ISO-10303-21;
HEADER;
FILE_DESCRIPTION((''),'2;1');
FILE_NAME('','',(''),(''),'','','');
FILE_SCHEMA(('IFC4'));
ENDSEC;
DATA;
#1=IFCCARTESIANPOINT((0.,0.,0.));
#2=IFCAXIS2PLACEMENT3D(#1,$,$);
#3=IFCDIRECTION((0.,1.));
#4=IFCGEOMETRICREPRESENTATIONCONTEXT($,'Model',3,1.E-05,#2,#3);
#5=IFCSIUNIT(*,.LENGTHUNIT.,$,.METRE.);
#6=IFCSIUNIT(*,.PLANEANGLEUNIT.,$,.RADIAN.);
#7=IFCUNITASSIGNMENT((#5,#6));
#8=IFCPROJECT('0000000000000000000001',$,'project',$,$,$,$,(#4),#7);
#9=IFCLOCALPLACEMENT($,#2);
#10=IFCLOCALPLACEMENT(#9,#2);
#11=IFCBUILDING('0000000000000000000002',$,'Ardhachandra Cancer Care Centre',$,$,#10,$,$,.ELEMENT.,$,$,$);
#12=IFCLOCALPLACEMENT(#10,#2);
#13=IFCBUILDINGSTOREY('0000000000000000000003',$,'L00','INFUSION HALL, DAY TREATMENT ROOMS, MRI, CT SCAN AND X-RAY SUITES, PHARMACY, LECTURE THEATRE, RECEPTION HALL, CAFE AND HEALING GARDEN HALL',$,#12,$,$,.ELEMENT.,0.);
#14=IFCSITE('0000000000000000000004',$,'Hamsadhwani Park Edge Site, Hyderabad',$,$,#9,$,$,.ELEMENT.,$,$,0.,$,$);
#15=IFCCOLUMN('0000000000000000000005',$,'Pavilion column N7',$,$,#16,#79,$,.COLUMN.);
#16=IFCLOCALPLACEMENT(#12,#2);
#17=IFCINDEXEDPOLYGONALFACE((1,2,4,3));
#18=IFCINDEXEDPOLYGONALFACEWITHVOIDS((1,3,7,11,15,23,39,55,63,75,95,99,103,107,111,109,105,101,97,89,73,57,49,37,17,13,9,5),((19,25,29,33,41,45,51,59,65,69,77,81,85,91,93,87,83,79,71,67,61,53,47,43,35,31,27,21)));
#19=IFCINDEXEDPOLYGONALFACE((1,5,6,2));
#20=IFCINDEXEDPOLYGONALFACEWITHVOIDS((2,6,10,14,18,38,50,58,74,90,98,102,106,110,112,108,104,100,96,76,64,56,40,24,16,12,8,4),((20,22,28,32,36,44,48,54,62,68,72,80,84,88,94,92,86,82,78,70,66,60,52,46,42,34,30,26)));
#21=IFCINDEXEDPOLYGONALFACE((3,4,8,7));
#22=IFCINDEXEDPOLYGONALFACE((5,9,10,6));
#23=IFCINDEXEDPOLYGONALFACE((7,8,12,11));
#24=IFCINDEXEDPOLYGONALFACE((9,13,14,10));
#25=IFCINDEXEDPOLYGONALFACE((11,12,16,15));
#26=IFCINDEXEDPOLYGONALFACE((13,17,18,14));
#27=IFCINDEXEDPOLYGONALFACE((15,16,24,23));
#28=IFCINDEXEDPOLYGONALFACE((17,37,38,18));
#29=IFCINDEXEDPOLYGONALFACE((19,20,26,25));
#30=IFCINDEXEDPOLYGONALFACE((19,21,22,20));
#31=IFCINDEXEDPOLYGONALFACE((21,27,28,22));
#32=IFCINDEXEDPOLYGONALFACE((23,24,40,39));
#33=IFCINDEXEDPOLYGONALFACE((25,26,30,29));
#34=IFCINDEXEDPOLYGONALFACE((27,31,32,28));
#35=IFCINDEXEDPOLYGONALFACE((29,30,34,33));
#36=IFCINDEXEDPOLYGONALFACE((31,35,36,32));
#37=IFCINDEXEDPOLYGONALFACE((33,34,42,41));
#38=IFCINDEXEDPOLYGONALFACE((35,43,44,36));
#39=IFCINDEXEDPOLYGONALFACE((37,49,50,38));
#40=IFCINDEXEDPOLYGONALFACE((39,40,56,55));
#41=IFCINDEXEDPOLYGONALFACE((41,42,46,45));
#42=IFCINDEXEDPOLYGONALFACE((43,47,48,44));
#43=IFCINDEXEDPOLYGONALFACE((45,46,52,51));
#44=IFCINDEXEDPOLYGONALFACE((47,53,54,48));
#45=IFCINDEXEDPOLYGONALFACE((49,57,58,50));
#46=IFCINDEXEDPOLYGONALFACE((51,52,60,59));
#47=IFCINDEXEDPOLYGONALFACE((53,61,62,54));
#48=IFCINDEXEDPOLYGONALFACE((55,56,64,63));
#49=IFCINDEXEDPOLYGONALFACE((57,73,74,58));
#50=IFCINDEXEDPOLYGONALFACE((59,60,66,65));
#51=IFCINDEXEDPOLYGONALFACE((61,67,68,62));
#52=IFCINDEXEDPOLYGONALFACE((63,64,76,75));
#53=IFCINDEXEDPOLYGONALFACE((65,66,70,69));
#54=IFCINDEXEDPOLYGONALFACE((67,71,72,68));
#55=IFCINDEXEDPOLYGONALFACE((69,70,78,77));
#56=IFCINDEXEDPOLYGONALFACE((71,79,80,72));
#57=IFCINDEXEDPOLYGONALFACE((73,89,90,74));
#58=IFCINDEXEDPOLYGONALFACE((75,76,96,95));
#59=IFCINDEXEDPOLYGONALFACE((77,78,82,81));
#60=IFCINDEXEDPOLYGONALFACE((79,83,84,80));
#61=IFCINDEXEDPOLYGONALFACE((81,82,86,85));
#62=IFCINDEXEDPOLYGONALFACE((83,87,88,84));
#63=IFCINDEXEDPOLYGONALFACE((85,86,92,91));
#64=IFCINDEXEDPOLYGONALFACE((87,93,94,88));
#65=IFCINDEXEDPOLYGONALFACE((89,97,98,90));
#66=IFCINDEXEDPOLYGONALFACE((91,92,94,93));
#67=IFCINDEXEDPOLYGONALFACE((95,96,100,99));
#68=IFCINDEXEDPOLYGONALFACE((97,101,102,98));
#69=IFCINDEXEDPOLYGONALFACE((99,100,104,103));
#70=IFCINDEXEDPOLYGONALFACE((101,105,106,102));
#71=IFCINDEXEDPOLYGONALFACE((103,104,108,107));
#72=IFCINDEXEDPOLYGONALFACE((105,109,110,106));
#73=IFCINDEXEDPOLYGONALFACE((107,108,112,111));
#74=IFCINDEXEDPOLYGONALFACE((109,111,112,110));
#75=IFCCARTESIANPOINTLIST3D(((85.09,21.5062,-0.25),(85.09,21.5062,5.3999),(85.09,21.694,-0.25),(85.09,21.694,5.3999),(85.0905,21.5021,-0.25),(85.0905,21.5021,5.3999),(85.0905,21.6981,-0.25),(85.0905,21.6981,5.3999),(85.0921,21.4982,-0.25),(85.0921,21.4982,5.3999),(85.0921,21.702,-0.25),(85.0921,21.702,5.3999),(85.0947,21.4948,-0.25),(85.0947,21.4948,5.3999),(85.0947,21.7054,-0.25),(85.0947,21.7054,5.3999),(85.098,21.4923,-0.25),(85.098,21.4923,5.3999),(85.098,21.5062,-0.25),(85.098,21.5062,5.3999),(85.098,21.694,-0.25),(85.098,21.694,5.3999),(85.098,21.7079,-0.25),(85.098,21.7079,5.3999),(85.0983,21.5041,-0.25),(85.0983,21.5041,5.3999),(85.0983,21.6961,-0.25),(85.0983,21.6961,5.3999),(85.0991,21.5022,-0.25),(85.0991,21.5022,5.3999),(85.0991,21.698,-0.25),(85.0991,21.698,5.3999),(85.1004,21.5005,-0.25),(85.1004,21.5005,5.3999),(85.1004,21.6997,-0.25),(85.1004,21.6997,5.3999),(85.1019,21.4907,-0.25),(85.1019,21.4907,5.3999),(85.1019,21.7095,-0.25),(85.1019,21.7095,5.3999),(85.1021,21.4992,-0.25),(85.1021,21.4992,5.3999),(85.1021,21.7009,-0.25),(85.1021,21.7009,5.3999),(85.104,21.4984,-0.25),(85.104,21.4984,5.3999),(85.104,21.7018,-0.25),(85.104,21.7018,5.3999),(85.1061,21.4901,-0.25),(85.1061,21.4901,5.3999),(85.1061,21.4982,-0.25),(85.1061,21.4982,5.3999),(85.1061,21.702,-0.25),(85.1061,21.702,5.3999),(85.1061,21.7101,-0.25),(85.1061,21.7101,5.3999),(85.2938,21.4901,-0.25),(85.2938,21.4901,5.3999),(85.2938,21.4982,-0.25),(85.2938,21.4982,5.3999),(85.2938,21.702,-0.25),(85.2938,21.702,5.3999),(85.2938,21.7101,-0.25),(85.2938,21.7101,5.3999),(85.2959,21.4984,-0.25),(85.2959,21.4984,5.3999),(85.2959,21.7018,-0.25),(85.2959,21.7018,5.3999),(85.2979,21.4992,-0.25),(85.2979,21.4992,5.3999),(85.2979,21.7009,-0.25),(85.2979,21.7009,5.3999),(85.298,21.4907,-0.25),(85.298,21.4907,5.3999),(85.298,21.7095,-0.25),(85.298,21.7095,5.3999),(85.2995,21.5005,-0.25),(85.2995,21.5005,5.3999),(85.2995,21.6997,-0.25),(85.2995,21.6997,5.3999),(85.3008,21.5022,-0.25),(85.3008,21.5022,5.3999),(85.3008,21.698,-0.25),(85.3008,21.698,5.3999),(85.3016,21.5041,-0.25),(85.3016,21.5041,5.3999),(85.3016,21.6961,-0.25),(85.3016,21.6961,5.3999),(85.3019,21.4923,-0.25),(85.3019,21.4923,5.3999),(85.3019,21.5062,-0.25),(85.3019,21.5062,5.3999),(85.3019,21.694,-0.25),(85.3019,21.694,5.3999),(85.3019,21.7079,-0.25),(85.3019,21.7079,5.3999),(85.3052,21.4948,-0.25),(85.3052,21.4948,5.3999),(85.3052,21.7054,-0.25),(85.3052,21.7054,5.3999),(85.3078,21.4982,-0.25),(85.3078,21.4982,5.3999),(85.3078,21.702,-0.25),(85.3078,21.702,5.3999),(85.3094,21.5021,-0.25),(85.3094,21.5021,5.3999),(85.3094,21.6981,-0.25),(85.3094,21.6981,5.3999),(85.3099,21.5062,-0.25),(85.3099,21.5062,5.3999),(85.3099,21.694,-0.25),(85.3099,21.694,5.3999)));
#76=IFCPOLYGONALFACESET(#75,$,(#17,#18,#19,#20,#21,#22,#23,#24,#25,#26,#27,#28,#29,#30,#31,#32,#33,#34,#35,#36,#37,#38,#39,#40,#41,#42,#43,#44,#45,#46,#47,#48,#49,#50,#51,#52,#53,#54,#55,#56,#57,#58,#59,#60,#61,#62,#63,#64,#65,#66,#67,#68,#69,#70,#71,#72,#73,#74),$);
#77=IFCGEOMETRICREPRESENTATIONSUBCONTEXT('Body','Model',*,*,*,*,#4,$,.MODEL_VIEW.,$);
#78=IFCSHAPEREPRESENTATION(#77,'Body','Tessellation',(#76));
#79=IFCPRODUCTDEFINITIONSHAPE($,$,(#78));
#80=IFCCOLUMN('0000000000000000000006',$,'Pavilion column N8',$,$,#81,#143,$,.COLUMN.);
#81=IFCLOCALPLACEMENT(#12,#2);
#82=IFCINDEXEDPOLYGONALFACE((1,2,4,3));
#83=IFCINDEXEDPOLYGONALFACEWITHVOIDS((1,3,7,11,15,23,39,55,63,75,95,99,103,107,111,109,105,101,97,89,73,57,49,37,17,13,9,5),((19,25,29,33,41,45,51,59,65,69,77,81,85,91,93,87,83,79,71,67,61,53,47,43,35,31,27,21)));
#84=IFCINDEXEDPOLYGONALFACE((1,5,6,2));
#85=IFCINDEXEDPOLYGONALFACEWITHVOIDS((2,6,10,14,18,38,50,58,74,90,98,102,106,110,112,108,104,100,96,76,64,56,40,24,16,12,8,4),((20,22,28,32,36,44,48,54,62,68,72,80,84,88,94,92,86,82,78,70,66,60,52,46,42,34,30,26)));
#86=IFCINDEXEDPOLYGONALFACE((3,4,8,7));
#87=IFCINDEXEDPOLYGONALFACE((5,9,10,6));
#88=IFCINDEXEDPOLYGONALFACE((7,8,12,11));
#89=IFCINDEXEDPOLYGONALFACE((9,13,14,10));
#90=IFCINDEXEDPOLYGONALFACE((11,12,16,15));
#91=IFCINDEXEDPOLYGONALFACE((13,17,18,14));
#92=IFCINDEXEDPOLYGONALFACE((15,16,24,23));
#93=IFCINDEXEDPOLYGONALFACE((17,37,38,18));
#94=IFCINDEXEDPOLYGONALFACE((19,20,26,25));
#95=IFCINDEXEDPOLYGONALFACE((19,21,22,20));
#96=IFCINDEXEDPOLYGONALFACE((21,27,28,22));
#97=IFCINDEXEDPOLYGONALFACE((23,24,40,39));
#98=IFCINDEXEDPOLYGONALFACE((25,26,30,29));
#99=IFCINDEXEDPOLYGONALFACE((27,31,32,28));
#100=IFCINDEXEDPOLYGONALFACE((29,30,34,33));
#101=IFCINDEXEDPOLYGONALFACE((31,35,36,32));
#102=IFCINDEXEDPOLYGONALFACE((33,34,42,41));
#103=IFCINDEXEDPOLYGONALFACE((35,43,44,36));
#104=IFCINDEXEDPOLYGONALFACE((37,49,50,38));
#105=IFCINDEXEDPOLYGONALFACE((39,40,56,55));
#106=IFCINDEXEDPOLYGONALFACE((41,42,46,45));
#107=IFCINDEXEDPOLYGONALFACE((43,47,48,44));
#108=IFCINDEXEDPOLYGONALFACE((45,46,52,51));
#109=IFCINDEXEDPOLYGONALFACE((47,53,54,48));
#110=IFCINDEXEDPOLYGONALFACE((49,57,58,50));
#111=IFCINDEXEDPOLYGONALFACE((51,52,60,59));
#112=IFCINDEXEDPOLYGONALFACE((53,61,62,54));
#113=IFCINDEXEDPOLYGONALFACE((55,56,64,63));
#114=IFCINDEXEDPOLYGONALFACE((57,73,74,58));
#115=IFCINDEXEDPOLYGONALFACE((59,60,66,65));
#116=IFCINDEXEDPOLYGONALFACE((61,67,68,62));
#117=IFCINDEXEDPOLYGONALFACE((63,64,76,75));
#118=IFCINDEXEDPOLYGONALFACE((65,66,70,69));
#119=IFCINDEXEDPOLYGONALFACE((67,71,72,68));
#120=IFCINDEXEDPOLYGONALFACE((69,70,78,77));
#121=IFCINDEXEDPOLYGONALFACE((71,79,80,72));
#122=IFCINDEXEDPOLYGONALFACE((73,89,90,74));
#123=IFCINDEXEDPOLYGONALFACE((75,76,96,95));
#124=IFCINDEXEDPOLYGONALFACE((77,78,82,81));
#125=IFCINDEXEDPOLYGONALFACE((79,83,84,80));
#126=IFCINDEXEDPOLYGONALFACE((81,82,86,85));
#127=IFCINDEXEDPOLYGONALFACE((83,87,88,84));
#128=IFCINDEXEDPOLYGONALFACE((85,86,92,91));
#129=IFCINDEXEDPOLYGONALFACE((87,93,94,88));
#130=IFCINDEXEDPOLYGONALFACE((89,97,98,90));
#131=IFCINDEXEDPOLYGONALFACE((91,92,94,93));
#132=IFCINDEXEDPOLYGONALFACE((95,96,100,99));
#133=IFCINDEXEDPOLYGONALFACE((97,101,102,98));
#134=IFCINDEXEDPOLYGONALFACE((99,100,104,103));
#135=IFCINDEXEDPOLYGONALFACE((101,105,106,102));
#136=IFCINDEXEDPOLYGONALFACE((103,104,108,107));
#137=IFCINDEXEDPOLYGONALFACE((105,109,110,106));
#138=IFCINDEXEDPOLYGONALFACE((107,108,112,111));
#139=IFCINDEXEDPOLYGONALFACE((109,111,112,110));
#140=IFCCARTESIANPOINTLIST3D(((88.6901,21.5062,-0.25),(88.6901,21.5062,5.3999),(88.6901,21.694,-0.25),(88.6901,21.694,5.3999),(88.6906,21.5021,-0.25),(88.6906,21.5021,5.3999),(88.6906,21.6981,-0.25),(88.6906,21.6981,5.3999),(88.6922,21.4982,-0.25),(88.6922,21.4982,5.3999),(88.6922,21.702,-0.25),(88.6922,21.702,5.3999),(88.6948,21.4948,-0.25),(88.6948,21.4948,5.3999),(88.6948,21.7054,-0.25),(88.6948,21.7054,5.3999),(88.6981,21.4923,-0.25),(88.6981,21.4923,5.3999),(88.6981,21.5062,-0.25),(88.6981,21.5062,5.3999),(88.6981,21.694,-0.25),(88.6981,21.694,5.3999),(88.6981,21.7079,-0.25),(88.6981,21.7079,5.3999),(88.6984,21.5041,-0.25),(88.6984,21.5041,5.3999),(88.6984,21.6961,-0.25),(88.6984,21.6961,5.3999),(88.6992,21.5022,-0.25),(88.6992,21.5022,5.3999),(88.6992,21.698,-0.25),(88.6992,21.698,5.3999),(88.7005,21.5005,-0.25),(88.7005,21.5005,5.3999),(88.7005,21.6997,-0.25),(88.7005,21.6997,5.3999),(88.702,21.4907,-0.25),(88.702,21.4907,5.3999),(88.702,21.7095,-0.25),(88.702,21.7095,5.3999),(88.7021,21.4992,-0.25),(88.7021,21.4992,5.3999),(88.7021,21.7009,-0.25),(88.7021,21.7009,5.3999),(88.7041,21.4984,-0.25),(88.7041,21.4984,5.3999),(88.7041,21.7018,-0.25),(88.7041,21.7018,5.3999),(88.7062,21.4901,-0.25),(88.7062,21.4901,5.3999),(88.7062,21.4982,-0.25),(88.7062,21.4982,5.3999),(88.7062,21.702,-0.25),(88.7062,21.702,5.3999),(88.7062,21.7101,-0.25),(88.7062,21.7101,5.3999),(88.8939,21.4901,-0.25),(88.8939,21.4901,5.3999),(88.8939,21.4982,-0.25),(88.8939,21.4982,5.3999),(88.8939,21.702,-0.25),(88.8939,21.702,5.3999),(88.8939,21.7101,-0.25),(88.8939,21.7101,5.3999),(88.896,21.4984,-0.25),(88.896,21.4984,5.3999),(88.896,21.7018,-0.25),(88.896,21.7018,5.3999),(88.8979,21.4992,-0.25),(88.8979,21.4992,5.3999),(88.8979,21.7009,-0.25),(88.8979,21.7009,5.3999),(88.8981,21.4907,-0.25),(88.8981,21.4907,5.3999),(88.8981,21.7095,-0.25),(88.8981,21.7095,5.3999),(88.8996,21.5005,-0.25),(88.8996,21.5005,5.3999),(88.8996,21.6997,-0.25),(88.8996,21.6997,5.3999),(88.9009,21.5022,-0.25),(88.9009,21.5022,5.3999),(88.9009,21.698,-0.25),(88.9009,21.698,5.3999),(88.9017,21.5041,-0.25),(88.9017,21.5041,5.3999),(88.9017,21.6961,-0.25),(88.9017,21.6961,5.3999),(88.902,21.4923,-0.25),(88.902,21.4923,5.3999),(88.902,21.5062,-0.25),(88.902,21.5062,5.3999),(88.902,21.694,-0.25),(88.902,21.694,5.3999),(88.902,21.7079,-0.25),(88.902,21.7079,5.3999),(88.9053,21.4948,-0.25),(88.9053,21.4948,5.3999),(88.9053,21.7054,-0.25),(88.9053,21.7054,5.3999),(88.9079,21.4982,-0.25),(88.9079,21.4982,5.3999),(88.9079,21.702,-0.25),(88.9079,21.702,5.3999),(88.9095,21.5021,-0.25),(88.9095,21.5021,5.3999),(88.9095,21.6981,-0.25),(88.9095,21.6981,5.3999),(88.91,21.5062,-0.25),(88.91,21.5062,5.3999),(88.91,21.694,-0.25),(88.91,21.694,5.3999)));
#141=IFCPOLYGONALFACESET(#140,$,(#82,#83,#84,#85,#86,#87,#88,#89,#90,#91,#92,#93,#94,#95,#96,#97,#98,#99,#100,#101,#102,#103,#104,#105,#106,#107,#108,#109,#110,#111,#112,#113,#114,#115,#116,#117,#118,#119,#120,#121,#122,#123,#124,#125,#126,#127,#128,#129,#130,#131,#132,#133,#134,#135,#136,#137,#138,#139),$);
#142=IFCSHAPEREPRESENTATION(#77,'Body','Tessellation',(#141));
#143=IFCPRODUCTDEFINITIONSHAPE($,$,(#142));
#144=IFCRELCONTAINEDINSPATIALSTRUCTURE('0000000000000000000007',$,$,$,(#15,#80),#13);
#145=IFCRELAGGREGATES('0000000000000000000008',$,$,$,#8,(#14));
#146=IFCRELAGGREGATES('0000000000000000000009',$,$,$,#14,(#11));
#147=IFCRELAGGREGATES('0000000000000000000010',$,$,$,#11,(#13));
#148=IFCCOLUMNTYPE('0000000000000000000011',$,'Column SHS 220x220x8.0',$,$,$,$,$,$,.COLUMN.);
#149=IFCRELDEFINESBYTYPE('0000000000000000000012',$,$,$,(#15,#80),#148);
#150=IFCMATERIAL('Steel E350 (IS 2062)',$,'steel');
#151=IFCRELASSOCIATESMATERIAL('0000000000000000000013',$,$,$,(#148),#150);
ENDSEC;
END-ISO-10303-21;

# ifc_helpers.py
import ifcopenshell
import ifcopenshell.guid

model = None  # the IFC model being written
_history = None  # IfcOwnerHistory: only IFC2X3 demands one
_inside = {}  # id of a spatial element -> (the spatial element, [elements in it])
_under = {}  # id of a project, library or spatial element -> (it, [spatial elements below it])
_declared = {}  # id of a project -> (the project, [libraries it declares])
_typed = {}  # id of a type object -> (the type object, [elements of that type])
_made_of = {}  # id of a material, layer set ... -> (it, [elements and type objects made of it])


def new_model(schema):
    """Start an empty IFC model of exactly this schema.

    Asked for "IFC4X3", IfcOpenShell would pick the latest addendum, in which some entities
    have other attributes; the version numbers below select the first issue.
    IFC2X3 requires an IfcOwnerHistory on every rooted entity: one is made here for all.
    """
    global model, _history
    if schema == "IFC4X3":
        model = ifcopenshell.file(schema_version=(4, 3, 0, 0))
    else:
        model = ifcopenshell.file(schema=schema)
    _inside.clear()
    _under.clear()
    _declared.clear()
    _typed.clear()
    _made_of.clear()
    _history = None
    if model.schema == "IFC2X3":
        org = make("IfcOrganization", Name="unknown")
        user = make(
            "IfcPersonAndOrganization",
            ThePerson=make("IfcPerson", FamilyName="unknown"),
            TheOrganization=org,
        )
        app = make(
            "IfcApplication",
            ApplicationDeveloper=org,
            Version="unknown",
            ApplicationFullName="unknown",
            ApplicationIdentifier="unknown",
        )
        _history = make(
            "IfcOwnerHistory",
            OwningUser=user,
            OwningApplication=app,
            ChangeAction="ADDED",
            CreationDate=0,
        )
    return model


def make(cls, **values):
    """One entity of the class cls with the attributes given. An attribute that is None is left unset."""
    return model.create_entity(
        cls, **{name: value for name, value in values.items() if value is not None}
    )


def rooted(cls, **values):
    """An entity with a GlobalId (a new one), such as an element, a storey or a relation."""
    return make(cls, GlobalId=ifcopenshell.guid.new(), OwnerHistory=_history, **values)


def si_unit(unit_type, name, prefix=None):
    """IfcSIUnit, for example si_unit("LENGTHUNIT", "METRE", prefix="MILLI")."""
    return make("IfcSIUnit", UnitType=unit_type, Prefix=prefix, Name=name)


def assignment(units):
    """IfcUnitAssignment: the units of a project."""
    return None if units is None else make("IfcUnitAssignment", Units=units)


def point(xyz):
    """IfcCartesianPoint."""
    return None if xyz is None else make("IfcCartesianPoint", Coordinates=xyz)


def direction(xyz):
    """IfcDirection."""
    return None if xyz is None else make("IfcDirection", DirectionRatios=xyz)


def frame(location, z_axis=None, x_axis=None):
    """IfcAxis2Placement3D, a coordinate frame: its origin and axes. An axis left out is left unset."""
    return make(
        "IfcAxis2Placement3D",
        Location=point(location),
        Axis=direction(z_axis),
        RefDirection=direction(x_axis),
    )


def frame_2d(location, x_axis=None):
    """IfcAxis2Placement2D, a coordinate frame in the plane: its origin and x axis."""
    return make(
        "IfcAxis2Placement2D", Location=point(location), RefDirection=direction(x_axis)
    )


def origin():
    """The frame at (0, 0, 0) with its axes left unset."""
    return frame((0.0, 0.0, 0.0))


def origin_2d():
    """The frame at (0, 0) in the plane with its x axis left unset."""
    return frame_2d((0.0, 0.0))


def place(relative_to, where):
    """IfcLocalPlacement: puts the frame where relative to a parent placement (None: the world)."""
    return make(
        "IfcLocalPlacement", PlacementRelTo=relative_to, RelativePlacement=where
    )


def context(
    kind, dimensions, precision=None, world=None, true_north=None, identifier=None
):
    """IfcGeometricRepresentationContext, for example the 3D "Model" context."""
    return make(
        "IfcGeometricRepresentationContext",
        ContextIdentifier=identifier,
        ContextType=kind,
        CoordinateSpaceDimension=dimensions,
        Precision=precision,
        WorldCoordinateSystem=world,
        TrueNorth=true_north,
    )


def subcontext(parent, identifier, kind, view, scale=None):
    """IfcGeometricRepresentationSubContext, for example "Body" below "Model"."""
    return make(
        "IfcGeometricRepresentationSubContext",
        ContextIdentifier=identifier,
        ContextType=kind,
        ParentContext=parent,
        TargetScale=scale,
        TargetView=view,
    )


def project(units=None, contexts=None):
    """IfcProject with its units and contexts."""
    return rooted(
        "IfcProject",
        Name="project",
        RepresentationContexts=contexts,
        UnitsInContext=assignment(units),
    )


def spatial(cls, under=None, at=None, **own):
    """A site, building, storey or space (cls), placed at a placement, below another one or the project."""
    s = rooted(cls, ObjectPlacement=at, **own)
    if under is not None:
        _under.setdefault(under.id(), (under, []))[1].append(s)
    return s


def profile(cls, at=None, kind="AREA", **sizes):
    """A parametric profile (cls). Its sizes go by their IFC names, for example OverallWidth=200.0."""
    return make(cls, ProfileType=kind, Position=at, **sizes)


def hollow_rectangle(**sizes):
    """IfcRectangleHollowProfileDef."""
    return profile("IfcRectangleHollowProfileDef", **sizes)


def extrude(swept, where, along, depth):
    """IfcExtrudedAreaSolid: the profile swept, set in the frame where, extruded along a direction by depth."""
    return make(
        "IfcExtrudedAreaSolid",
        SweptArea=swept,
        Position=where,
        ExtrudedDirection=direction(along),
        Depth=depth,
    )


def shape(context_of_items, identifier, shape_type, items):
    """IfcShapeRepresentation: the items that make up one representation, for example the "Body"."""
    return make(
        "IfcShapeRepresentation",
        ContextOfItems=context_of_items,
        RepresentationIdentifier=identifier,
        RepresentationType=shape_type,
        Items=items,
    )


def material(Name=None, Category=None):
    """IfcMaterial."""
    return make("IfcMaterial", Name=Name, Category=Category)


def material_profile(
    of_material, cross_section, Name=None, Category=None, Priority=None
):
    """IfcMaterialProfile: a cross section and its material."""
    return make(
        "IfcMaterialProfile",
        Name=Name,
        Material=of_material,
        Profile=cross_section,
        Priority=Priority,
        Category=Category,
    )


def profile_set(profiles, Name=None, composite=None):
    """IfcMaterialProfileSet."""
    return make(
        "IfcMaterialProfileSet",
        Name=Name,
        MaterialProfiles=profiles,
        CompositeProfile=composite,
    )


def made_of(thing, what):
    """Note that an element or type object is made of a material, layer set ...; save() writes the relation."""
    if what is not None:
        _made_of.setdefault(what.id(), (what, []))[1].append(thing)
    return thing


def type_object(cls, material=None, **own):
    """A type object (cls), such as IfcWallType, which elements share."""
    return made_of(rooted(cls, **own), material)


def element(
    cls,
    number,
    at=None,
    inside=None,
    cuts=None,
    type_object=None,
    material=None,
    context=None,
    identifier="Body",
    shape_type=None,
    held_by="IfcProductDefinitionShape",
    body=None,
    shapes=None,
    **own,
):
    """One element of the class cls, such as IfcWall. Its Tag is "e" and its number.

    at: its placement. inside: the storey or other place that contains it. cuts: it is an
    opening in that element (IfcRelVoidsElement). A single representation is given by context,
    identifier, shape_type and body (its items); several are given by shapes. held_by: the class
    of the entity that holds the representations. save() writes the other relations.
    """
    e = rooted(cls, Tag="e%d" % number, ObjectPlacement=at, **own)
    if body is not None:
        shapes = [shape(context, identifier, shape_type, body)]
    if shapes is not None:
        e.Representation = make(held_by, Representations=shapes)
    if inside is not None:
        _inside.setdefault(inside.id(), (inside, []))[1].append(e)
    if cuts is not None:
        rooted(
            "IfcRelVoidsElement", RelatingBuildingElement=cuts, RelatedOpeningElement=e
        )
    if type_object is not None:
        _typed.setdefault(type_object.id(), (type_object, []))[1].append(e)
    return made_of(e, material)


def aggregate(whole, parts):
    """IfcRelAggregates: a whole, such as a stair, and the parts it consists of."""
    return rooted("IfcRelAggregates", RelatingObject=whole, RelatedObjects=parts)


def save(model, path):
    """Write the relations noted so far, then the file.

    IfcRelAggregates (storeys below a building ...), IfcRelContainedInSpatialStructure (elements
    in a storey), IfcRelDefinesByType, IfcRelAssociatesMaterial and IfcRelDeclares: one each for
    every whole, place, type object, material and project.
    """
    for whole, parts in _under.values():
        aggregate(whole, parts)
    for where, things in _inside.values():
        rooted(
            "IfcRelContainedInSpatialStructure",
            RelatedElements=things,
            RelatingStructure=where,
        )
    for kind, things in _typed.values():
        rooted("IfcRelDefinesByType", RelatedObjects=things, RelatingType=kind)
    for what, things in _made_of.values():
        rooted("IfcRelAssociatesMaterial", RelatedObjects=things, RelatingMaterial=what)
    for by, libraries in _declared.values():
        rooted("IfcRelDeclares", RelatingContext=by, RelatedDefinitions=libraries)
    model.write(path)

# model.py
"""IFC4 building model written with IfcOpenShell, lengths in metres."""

from ifc_helpers import new_model, si_unit, direction, frame, origin, origin_2d, place, context, subcontext, project, spatial, hollow_rectangle, extrude, material, material_profile, profile_set, type_object, element, save


model = new_model("IFC4")

# Units and contexts
model_context = context("Model", 3, precision=1e-05, world=origin(), true_north=direction((0.0, 1.0)))
body_context = subcontext(model_context, "Body", "Model", "MODEL_VIEW")
ifc_project = project(units=[si_unit("LENGTHUNIT", "METRE"), si_unit("PLANEANGLEUNIT", "RADIAN")], contexts=[model_context])

# Site, building, storey
site_placement = place(None, origin())
site = spatial("IfcSite", under=ifc_project, at=site_placement, Name="Hamsadhwani Park Edge Site, Hyderabad", CompositionType="ELEMENT", RefElevation=0.0)
building_placement = place(site_placement, origin())
building = spatial("IfcBuilding", under=site, at=building_placement, Name="Ardhachandra Cancer Care Centre", CompositionType="ELEMENT")
storey_placement = place(building_placement, origin())
storey = spatial("IfcBuildingStorey", under=building, at=storey_placement, Name="L00", Description="INFUSION HALL, DAY TREATMENT ROOMS, MRI, CT SCAN AND X-RAY SUITES, PHARMACY, LECTURE THEATRE, RECEPTION HALL, CAFE AND HEALING GARDEN HALL", CompositionType="ELEMENT", Elevation=0.0)

# Columns
ifc_material_1 = material(Name="Steel E350 (IS 2062)", Category="steel")
ifc_material_profile_1 = material_profile(ifc_material_1, hollow_rectangle(XDim=0.22, YDim=0.22, WallThickness=0.0081, InnerFilletRadius=0.0081, OuterFilletRadius=0.0161, at=origin_2d()), Name="SHS 220x220x8.0")
ifc_profile_set_1 = profile_set([ifc_material_profile_1], Name="Steel E350 (IS 2062)")
column_type = type_object("IfcColumnType", Name="Column SHS 220x220x8.0", PredefinedType="COLUMN", material=ifc_profile_set_1)
for number, where, z_axis, x_axis, name in (
    (1, (85.2, 21.6001, -0.25), (0.0, 0.0, 1.0), (1.0, 0.0, 0.0), "Pavilion column N7"),
    (2, (88.8, 21.6001, -0.25), (0.0, 0.0, 1.0), (1.0, 0.0, 0.0), "Pavilion column N8"),
):
    element("IfcColumn", number, at=place(storey_placement, frame(where, z_axis=z_axis, x_axis=x_axis)), inside=storey, type_object=column_type, Name=name, PredefinedType="COLUMN", context=body_context, shape_type="SweptSolid", body=[
        extrude(hollow_rectangle(XDim=0.22, YDim=0.22, WallThickness=0.0081, InnerFilletRadius=0.0081, OuterFilletRadius=0.0161, at=origin_2d()), origin(), (0.0, 0.0, 1.0), 5.6499),
    ])

save(model, "model.ifc")
